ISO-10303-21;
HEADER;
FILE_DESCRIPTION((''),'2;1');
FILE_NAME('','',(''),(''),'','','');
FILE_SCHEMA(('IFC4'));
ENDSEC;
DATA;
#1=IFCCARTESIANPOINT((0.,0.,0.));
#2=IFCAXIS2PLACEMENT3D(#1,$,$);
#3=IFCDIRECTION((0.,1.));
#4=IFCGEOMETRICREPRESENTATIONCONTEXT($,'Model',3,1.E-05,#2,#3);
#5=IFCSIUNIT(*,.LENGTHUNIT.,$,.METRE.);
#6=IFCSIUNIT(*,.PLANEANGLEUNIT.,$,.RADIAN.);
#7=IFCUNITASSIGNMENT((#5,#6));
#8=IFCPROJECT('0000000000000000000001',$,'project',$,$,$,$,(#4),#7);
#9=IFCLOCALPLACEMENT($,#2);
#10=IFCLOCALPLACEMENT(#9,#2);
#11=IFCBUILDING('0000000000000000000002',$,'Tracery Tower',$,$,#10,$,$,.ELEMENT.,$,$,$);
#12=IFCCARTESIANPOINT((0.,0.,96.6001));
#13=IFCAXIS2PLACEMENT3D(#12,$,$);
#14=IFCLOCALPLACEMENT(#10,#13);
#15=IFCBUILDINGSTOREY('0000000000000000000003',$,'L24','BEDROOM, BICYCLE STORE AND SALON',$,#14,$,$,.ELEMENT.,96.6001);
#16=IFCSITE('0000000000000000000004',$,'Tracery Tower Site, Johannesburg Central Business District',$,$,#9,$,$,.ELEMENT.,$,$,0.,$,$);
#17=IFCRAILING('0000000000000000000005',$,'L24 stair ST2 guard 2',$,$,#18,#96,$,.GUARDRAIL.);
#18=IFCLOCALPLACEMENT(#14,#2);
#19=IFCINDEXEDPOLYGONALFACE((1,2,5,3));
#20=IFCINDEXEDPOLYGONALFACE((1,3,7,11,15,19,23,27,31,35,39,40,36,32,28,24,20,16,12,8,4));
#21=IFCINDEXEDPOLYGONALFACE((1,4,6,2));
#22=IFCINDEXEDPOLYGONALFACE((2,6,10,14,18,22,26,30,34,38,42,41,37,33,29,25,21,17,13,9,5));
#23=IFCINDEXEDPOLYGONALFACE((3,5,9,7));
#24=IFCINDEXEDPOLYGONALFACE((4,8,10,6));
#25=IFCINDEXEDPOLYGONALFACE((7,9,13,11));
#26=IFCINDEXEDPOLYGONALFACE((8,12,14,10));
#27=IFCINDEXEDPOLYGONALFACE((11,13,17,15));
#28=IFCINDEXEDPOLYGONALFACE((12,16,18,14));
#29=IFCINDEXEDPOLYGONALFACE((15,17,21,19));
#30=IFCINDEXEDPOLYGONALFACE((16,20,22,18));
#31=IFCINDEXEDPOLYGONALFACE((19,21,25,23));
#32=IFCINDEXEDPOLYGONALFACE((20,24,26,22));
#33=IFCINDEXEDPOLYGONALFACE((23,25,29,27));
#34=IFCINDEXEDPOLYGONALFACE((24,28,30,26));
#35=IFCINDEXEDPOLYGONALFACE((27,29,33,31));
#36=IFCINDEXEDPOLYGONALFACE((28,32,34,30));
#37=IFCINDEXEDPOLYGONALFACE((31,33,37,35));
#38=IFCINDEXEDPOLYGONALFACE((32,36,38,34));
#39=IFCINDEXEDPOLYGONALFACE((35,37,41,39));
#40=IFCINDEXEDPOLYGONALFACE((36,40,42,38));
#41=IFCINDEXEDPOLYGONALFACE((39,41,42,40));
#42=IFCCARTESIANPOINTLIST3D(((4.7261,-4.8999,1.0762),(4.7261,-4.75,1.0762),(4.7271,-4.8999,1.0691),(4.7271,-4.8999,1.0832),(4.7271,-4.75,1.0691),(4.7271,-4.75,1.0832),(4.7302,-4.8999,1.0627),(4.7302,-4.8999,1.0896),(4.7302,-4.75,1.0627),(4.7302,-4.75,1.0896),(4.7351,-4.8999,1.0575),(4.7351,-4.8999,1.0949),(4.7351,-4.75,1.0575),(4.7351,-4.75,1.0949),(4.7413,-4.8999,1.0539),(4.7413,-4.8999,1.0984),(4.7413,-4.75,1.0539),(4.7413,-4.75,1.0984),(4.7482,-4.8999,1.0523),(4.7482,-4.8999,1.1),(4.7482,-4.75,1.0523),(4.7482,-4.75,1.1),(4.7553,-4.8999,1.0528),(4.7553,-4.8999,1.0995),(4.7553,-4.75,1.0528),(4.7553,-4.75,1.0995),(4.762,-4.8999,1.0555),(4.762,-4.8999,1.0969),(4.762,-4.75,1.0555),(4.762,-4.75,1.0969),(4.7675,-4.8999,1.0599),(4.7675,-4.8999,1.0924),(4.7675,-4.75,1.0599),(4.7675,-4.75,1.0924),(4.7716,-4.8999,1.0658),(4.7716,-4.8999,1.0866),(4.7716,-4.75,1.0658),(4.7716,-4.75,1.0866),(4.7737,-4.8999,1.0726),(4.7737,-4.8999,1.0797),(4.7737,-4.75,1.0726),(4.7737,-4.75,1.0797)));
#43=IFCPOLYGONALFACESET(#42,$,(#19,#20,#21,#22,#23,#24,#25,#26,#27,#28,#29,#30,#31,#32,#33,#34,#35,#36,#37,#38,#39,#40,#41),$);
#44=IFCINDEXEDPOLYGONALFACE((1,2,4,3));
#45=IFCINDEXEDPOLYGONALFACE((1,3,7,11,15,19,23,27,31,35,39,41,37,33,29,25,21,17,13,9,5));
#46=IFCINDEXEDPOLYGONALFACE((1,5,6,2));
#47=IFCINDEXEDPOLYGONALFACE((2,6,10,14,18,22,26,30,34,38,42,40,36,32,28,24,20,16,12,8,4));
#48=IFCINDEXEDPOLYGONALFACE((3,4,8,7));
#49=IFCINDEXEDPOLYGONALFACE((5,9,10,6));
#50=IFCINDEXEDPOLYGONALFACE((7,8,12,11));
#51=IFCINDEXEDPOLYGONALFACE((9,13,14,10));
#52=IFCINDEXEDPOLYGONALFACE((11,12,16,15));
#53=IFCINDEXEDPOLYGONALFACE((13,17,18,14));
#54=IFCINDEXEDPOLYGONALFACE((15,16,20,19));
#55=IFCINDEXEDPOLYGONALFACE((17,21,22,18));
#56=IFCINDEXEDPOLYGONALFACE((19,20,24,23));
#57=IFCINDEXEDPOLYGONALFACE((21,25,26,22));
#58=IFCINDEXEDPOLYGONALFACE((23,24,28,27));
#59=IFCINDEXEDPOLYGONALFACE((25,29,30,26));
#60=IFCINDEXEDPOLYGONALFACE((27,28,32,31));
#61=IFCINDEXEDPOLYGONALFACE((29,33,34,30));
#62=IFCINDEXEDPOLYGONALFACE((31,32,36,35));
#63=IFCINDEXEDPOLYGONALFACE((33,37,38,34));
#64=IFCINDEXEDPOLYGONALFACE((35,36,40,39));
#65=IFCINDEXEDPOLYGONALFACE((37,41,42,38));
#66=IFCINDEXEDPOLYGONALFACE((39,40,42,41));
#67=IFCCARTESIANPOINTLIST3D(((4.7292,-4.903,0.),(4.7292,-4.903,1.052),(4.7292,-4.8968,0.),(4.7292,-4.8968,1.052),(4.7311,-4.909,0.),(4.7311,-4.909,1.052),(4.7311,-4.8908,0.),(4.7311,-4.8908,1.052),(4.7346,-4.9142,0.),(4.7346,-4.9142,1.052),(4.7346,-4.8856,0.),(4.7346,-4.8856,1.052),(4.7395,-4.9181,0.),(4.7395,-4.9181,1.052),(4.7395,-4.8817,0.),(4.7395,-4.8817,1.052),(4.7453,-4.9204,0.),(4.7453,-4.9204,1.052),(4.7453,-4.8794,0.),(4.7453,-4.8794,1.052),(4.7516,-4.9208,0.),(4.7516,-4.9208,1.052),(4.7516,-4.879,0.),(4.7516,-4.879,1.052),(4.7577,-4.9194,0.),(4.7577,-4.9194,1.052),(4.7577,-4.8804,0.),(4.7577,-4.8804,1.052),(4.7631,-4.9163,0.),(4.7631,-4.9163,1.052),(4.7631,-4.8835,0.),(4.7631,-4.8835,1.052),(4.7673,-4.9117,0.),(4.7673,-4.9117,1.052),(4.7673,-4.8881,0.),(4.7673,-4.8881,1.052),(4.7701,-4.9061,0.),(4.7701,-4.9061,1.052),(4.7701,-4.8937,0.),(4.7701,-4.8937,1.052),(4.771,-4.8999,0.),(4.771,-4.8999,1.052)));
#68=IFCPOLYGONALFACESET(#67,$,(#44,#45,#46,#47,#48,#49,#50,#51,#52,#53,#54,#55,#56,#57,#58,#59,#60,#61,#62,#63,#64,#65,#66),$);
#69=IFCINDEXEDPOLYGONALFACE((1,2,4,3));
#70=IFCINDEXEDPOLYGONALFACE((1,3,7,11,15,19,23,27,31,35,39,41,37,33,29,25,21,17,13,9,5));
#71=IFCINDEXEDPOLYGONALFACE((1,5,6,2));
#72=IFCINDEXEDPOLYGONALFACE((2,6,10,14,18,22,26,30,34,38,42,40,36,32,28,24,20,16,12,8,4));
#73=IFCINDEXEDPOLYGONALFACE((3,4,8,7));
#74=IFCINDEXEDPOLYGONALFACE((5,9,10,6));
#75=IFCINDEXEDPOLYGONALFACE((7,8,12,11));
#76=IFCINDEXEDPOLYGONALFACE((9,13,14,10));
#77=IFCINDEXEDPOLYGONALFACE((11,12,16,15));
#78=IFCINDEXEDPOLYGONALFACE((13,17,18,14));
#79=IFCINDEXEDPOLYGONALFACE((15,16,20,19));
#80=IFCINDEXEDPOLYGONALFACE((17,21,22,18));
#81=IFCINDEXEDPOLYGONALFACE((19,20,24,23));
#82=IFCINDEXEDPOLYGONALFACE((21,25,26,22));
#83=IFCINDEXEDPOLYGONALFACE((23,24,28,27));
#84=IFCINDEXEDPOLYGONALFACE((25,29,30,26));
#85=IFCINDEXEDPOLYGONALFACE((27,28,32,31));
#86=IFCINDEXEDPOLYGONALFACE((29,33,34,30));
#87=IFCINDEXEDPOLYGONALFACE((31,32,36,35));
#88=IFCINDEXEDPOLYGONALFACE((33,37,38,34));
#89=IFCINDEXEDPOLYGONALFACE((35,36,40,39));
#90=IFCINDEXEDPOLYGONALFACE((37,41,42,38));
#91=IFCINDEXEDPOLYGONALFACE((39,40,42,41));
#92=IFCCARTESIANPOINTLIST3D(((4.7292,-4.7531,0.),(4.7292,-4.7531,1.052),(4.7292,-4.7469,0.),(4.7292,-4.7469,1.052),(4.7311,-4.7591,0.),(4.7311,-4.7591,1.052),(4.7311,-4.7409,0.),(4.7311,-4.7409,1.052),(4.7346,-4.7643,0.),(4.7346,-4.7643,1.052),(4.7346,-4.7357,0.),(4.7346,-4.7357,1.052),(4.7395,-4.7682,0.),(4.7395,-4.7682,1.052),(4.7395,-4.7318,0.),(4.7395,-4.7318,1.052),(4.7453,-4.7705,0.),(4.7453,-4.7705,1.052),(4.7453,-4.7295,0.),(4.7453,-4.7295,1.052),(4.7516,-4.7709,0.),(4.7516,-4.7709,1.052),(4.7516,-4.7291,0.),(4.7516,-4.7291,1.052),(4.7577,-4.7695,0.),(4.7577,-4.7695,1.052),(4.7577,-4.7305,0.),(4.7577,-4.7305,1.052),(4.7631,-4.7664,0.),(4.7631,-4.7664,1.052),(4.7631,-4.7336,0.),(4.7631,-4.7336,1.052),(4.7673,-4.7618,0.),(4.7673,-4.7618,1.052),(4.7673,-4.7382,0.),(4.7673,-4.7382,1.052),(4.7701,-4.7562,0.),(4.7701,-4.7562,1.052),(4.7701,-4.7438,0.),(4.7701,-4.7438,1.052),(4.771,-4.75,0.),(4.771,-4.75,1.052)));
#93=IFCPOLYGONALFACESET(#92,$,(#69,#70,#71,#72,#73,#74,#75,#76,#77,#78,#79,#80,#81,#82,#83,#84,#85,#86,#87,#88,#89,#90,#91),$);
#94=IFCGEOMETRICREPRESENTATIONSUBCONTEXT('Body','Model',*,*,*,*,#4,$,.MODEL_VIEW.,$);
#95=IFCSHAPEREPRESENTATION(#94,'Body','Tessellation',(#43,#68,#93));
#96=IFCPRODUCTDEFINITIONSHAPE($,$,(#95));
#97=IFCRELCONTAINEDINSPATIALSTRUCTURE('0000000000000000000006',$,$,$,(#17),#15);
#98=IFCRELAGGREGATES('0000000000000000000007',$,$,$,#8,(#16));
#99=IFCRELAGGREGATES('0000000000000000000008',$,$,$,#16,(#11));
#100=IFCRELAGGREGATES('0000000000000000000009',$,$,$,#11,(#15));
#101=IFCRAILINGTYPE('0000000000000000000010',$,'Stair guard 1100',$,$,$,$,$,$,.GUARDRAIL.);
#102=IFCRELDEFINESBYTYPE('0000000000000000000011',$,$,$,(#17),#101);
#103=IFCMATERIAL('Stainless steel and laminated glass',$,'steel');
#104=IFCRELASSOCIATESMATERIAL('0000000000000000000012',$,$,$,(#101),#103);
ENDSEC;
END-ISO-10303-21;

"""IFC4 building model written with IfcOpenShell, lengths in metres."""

from ifc_helpers import new_model, si_unit, direction, frame, origin, origin_2d, place, context, subcontext, project, spatial, circle, extrude, material, type_object, element, save


model = new_model("IFC4")

# Units and contexts
model_context = context("Model", 3, precision=1e-05, world=origin(), true_north=direction((0.0, 1.0)))
body_context = subcontext(model_context, "Body", "Model", "MODEL_VIEW")
ifc_project = project(units=[si_unit("LENGTHUNIT", "METRE"), si_unit("PLANEANGLEUNIT", "RADIAN")], contexts=[model_context])

# Site, building, storey
site_placement = place(None, origin())
site = spatial("IfcSite", under=ifc_project, at=site_placement, Name="Tracery Tower Site, Johannesburg Central Business District", CompositionType="ELEMENT", RefElevation=0.0)
building_placement = place(site_placement, origin())
building = spatial("IfcBuilding", under=site, at=building_placement, Name="Tracery Tower", CompositionType="ELEMENT")
storey_placement = place(building_placement, frame((0.0, 0.0, 96.6001)))
storey = spatial("IfcBuildingStorey", under=building, at=storey_placement, Name="L24", Description="BEDROOM, BICYCLE STORE AND SALON", CompositionType="ELEMENT", Elevation=96.6001)

# Railing
ifc_material_1 = material(Name="Stainless steel and laminated glass", Category="steel")
railing_type_1 = type_object("IfcRailingType", Name="Stair guard 1100", PredefinedType="GUARDRAIL", material=ifc_material_1)
railing_1_placement = place(storey_placement, frame((4.75, -4.8999, 0.0)))
element("IfcRailing", 1, at=railing_1_placement, inside=storey, type_object=railing_type_1, Name="L24 stair ST2 guard 2", PredefinedType="GUARDRAIL", context=body_context, shape_type="SweptSolid", body=[
    extrude(circle(Radius=0.0239, at=origin_2d()), frame((0.0, 0.0, 1.0762), z_axis=(0.0, 1.0, 0.0), x_axis=(-1.0, 0.0, 0.0)), (0.0, 0.0, 1.0), 0.1499),
    extrude(circle(Radius=0.021, at=origin_2d()), origin(), (0.0, 0.0, 1.0), 1.052),
    extrude(circle(Radius=0.021, at=origin_2d()), frame((0.0, 0.1499, 0.0)), (0.0, 0.0, 1.0), 1.052),
])

save(model, "model.ifc")
